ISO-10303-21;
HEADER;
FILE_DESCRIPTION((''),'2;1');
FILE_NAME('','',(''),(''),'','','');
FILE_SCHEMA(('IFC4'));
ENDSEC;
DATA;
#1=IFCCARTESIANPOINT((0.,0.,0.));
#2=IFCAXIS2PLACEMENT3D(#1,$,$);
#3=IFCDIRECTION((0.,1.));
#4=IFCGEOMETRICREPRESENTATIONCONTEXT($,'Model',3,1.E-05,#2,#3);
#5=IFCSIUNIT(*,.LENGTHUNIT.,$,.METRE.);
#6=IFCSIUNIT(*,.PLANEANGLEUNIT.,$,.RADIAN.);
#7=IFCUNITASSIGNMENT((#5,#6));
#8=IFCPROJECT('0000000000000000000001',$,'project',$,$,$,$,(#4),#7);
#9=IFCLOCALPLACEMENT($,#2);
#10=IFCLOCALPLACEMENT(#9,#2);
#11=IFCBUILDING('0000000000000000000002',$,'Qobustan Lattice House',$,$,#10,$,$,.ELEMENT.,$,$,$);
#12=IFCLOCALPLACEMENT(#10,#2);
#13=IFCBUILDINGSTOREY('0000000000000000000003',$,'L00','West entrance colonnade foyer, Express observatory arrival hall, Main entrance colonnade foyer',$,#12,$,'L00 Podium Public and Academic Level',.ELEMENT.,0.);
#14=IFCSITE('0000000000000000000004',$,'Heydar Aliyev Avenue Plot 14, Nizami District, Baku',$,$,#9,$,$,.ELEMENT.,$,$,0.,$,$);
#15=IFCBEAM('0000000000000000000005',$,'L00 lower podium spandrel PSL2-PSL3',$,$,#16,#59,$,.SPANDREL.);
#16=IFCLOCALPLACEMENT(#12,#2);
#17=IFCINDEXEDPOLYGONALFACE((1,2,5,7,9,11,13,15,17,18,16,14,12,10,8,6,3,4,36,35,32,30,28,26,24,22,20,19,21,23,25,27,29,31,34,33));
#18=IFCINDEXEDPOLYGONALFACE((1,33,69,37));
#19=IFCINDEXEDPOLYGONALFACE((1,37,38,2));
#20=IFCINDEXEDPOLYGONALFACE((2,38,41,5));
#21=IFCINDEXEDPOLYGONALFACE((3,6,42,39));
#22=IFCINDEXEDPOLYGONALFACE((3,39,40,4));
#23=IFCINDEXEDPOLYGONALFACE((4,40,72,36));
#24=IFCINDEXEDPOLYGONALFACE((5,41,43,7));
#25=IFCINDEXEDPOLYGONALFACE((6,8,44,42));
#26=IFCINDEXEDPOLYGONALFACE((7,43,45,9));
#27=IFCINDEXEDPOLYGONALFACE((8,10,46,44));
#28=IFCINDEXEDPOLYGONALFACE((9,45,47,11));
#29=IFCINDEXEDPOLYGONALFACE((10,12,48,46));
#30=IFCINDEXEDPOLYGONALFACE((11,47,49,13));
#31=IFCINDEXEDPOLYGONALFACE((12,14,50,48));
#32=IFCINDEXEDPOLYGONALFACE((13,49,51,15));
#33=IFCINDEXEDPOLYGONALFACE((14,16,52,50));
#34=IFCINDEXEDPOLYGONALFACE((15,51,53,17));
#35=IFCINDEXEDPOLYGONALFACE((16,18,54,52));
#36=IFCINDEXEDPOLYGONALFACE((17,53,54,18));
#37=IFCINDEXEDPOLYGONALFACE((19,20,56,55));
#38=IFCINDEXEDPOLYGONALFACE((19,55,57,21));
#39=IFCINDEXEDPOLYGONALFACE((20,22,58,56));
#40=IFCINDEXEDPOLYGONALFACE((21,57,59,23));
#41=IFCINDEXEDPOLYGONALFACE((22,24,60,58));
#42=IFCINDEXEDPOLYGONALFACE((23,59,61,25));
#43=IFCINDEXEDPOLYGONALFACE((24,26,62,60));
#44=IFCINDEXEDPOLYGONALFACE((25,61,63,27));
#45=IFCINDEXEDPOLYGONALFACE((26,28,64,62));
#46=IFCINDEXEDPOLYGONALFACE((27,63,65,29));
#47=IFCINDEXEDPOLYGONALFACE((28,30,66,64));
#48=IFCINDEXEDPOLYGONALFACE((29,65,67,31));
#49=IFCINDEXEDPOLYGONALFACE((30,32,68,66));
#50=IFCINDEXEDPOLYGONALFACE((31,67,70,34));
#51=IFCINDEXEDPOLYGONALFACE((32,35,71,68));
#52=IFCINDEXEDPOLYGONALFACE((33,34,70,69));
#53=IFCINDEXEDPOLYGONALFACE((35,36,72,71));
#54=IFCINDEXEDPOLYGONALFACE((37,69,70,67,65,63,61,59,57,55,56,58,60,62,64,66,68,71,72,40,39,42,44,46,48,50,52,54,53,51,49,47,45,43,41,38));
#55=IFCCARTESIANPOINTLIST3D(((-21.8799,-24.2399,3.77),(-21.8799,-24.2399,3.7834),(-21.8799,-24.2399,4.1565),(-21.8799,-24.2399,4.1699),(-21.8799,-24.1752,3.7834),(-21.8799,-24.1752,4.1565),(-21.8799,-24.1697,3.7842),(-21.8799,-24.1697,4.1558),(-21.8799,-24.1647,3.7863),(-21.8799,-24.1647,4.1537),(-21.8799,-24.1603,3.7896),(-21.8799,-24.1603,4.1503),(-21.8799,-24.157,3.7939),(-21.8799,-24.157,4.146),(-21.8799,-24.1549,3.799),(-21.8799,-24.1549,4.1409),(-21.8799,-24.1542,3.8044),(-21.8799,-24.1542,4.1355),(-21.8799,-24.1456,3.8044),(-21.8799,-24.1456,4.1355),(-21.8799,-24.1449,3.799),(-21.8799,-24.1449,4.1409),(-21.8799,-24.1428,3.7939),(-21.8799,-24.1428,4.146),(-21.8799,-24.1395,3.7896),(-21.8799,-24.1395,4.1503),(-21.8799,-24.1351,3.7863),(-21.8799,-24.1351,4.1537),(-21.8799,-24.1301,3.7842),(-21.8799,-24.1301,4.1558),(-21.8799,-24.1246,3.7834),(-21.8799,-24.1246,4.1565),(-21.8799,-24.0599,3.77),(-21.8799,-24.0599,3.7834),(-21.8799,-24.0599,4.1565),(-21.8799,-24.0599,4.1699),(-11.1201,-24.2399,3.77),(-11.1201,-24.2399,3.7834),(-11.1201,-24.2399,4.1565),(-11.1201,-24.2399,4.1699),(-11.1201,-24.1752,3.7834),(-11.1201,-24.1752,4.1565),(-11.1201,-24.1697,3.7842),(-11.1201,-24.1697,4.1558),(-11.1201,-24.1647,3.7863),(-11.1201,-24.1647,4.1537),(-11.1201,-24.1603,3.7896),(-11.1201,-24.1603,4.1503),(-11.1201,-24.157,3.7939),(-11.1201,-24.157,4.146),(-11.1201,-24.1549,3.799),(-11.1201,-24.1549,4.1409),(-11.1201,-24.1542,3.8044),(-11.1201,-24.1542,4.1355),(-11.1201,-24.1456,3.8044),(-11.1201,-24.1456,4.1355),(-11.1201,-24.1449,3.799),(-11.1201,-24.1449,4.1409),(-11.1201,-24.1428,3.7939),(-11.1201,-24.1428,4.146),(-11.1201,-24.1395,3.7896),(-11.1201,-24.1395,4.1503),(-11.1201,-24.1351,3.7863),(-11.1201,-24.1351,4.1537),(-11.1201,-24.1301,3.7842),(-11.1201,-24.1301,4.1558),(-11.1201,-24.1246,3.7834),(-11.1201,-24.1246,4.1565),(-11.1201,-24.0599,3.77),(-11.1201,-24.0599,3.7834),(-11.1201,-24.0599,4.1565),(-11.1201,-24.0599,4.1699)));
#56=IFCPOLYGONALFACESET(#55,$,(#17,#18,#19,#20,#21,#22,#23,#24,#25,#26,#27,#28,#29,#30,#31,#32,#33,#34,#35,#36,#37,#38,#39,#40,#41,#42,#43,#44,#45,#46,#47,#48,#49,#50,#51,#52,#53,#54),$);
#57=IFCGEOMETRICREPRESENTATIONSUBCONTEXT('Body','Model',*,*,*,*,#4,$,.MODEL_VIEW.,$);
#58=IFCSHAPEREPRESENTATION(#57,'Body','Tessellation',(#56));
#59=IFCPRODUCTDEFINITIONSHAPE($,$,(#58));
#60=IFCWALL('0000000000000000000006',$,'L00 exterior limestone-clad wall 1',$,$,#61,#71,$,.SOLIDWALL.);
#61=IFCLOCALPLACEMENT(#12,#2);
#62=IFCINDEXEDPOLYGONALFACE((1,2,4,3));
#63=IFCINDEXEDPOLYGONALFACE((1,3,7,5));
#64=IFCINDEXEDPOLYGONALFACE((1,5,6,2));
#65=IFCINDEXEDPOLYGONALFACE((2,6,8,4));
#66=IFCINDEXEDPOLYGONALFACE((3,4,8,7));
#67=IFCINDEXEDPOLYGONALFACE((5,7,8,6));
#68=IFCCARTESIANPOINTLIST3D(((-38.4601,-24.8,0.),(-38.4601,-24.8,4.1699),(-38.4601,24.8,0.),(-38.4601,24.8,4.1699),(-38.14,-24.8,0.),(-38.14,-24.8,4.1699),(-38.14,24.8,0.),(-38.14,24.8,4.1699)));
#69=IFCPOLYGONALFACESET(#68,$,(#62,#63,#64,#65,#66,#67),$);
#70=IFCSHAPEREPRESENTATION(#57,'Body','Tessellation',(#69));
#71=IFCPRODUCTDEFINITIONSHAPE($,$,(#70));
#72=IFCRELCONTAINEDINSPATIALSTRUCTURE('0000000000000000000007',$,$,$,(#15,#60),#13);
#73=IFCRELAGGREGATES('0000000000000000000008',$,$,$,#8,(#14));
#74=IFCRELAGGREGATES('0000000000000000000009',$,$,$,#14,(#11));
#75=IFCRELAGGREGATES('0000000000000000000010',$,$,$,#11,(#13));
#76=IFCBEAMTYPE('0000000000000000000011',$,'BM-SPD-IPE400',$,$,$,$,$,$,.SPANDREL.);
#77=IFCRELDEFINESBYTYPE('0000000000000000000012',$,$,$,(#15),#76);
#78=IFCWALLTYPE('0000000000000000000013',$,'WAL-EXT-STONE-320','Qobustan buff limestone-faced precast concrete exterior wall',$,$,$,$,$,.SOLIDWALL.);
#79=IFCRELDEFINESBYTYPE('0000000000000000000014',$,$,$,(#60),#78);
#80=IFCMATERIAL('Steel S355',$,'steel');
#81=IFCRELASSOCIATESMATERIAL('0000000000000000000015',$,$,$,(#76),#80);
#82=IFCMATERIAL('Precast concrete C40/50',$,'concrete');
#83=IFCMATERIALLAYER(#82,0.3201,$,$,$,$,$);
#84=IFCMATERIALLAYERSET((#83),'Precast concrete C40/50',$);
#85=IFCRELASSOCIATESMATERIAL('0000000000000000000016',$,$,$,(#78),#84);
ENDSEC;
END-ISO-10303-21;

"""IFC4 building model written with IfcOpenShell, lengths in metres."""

from ifc_helpers import new_model, si_unit, direction, frame, frame_2d, origin, origin_2d, place, context, subcontext, project, spatial, rectangle, i_section, extrude, material, layer, layer_set, material_profile, profile_set, type_object, element, save


model = new_model("IFC4")

# Units and contexts
model_context = context("Model", 3, precision=1e-05, world=origin(), true_north=direction((0.0, 1.0)))
body_context = subcontext(model_context, "Body", "Model", "MODEL_VIEW")
ifc_project = project(units=[si_unit("LENGTHUNIT", "METRE"), si_unit("PLANEANGLEUNIT", "RADIAN")], contexts=[model_context])

# Site, building, storey
site_placement = place(None, origin())
site = spatial("IfcSite", under=ifc_project, at=site_placement, Name="Heydar Aliyev Avenue Plot 14, Nizami District, Baku", CompositionType="ELEMENT", RefElevation=0.0)
building_placement = place(site_placement, origin())
building = spatial("IfcBuilding", under=site, at=building_placement, Name="Qobustan Lattice House", CompositionType="ELEMENT")
storey_placement = place(building_placement, origin())
storey = spatial("IfcBuildingStorey", under=building, at=storey_placement, Name="L00", Description="West entrance colonnade foyer, Express observatory arrival hall, Main entrance colonnade foyer", LongName="L00 Podium Public and Academic Level", CompositionType="ELEMENT", Elevation=0.0)

# Beam
ifc_material_1 = material(Name="Steel S355", Category="steel")
ifc_material_profile_1 = material_profile(ifc_material_1, i_section(OverallWidth=0.1799, OverallDepth=0.3999, WebThickness=0.0085, FlangeThickness=0.0134, FilletRadius=0.021, at=origin_2d()), Name="IPE400")
ifc_profile_set_1 = profile_set([ifc_material_profile_1], Name="Steel S355")
beam_type_1 = type_object("IfcBeamType", Name="BM-SPD-IPE400", PredefinedType="SPANDREL", material=ifc_profile_set_1)
for number, where, z_axis, x_axis, name in (
    (1, (-21.8799, -24.1499, 3.97), (1.0, 0.0, 0.0), (0.0, 1.0, 0.0), "L00 lower podium spandrel PSL2-PSL3"),
):
    element("IfcBeam", number, at=place(storey_placement, frame(where, z_axis=z_axis, x_axis=x_axis)), inside=storey, type_object=beam_type_1, Name=name, PredefinedType="SPANDREL", context=body_context, shape_type="SweptSolid", body=[
        extrude(i_section(OverallWidth=0.1799, OverallDepth=0.3999, WebThickness=0.0085, FlangeThickness=0.0134, FilletRadius=0.021, at=origin_2d()), origin(), (0.0, 0.0, 1.0), 10.7598),
    ])

# Wall
ifc_material_2 = material(Name="Precast concrete C40/50", Category="concrete")
ifc_layer = layer(ifc_material_2, 0.3201)
ifc_layer_set = layer_set([ifc_layer], Name="Precast concrete C40/50")
wall_type = type_object("IfcWallType", Name="WAL-EXT-STONE-320", Description="Qobustan buff limestone-faced precast concrete exterior wall", PredefinedType="SOLIDWALL", material=ifc_layer_set)
wall_placement = place(storey_placement, frame((-38.3, -24.8, 0.0), z_axis=(0.0, 0.0, 1.0), x_axis=(0.0, 1.0, 0.0)))
element("IfcWall", 2, at=wall_placement, inside=storey, type_object=wall_type, Name="L00 exterior limestone-clad wall 1", PredefinedType="SOLIDWALL", context=body_context, shape_type="SweptSolid", body=[
    extrude(rectangle(XDim=49.6001, YDim=0.3201, at=frame_2d((24.8, 0.0))), origin(), (0.0, 0.0, 1.0), 4.1699),
])

save(model, "model.ifc")
